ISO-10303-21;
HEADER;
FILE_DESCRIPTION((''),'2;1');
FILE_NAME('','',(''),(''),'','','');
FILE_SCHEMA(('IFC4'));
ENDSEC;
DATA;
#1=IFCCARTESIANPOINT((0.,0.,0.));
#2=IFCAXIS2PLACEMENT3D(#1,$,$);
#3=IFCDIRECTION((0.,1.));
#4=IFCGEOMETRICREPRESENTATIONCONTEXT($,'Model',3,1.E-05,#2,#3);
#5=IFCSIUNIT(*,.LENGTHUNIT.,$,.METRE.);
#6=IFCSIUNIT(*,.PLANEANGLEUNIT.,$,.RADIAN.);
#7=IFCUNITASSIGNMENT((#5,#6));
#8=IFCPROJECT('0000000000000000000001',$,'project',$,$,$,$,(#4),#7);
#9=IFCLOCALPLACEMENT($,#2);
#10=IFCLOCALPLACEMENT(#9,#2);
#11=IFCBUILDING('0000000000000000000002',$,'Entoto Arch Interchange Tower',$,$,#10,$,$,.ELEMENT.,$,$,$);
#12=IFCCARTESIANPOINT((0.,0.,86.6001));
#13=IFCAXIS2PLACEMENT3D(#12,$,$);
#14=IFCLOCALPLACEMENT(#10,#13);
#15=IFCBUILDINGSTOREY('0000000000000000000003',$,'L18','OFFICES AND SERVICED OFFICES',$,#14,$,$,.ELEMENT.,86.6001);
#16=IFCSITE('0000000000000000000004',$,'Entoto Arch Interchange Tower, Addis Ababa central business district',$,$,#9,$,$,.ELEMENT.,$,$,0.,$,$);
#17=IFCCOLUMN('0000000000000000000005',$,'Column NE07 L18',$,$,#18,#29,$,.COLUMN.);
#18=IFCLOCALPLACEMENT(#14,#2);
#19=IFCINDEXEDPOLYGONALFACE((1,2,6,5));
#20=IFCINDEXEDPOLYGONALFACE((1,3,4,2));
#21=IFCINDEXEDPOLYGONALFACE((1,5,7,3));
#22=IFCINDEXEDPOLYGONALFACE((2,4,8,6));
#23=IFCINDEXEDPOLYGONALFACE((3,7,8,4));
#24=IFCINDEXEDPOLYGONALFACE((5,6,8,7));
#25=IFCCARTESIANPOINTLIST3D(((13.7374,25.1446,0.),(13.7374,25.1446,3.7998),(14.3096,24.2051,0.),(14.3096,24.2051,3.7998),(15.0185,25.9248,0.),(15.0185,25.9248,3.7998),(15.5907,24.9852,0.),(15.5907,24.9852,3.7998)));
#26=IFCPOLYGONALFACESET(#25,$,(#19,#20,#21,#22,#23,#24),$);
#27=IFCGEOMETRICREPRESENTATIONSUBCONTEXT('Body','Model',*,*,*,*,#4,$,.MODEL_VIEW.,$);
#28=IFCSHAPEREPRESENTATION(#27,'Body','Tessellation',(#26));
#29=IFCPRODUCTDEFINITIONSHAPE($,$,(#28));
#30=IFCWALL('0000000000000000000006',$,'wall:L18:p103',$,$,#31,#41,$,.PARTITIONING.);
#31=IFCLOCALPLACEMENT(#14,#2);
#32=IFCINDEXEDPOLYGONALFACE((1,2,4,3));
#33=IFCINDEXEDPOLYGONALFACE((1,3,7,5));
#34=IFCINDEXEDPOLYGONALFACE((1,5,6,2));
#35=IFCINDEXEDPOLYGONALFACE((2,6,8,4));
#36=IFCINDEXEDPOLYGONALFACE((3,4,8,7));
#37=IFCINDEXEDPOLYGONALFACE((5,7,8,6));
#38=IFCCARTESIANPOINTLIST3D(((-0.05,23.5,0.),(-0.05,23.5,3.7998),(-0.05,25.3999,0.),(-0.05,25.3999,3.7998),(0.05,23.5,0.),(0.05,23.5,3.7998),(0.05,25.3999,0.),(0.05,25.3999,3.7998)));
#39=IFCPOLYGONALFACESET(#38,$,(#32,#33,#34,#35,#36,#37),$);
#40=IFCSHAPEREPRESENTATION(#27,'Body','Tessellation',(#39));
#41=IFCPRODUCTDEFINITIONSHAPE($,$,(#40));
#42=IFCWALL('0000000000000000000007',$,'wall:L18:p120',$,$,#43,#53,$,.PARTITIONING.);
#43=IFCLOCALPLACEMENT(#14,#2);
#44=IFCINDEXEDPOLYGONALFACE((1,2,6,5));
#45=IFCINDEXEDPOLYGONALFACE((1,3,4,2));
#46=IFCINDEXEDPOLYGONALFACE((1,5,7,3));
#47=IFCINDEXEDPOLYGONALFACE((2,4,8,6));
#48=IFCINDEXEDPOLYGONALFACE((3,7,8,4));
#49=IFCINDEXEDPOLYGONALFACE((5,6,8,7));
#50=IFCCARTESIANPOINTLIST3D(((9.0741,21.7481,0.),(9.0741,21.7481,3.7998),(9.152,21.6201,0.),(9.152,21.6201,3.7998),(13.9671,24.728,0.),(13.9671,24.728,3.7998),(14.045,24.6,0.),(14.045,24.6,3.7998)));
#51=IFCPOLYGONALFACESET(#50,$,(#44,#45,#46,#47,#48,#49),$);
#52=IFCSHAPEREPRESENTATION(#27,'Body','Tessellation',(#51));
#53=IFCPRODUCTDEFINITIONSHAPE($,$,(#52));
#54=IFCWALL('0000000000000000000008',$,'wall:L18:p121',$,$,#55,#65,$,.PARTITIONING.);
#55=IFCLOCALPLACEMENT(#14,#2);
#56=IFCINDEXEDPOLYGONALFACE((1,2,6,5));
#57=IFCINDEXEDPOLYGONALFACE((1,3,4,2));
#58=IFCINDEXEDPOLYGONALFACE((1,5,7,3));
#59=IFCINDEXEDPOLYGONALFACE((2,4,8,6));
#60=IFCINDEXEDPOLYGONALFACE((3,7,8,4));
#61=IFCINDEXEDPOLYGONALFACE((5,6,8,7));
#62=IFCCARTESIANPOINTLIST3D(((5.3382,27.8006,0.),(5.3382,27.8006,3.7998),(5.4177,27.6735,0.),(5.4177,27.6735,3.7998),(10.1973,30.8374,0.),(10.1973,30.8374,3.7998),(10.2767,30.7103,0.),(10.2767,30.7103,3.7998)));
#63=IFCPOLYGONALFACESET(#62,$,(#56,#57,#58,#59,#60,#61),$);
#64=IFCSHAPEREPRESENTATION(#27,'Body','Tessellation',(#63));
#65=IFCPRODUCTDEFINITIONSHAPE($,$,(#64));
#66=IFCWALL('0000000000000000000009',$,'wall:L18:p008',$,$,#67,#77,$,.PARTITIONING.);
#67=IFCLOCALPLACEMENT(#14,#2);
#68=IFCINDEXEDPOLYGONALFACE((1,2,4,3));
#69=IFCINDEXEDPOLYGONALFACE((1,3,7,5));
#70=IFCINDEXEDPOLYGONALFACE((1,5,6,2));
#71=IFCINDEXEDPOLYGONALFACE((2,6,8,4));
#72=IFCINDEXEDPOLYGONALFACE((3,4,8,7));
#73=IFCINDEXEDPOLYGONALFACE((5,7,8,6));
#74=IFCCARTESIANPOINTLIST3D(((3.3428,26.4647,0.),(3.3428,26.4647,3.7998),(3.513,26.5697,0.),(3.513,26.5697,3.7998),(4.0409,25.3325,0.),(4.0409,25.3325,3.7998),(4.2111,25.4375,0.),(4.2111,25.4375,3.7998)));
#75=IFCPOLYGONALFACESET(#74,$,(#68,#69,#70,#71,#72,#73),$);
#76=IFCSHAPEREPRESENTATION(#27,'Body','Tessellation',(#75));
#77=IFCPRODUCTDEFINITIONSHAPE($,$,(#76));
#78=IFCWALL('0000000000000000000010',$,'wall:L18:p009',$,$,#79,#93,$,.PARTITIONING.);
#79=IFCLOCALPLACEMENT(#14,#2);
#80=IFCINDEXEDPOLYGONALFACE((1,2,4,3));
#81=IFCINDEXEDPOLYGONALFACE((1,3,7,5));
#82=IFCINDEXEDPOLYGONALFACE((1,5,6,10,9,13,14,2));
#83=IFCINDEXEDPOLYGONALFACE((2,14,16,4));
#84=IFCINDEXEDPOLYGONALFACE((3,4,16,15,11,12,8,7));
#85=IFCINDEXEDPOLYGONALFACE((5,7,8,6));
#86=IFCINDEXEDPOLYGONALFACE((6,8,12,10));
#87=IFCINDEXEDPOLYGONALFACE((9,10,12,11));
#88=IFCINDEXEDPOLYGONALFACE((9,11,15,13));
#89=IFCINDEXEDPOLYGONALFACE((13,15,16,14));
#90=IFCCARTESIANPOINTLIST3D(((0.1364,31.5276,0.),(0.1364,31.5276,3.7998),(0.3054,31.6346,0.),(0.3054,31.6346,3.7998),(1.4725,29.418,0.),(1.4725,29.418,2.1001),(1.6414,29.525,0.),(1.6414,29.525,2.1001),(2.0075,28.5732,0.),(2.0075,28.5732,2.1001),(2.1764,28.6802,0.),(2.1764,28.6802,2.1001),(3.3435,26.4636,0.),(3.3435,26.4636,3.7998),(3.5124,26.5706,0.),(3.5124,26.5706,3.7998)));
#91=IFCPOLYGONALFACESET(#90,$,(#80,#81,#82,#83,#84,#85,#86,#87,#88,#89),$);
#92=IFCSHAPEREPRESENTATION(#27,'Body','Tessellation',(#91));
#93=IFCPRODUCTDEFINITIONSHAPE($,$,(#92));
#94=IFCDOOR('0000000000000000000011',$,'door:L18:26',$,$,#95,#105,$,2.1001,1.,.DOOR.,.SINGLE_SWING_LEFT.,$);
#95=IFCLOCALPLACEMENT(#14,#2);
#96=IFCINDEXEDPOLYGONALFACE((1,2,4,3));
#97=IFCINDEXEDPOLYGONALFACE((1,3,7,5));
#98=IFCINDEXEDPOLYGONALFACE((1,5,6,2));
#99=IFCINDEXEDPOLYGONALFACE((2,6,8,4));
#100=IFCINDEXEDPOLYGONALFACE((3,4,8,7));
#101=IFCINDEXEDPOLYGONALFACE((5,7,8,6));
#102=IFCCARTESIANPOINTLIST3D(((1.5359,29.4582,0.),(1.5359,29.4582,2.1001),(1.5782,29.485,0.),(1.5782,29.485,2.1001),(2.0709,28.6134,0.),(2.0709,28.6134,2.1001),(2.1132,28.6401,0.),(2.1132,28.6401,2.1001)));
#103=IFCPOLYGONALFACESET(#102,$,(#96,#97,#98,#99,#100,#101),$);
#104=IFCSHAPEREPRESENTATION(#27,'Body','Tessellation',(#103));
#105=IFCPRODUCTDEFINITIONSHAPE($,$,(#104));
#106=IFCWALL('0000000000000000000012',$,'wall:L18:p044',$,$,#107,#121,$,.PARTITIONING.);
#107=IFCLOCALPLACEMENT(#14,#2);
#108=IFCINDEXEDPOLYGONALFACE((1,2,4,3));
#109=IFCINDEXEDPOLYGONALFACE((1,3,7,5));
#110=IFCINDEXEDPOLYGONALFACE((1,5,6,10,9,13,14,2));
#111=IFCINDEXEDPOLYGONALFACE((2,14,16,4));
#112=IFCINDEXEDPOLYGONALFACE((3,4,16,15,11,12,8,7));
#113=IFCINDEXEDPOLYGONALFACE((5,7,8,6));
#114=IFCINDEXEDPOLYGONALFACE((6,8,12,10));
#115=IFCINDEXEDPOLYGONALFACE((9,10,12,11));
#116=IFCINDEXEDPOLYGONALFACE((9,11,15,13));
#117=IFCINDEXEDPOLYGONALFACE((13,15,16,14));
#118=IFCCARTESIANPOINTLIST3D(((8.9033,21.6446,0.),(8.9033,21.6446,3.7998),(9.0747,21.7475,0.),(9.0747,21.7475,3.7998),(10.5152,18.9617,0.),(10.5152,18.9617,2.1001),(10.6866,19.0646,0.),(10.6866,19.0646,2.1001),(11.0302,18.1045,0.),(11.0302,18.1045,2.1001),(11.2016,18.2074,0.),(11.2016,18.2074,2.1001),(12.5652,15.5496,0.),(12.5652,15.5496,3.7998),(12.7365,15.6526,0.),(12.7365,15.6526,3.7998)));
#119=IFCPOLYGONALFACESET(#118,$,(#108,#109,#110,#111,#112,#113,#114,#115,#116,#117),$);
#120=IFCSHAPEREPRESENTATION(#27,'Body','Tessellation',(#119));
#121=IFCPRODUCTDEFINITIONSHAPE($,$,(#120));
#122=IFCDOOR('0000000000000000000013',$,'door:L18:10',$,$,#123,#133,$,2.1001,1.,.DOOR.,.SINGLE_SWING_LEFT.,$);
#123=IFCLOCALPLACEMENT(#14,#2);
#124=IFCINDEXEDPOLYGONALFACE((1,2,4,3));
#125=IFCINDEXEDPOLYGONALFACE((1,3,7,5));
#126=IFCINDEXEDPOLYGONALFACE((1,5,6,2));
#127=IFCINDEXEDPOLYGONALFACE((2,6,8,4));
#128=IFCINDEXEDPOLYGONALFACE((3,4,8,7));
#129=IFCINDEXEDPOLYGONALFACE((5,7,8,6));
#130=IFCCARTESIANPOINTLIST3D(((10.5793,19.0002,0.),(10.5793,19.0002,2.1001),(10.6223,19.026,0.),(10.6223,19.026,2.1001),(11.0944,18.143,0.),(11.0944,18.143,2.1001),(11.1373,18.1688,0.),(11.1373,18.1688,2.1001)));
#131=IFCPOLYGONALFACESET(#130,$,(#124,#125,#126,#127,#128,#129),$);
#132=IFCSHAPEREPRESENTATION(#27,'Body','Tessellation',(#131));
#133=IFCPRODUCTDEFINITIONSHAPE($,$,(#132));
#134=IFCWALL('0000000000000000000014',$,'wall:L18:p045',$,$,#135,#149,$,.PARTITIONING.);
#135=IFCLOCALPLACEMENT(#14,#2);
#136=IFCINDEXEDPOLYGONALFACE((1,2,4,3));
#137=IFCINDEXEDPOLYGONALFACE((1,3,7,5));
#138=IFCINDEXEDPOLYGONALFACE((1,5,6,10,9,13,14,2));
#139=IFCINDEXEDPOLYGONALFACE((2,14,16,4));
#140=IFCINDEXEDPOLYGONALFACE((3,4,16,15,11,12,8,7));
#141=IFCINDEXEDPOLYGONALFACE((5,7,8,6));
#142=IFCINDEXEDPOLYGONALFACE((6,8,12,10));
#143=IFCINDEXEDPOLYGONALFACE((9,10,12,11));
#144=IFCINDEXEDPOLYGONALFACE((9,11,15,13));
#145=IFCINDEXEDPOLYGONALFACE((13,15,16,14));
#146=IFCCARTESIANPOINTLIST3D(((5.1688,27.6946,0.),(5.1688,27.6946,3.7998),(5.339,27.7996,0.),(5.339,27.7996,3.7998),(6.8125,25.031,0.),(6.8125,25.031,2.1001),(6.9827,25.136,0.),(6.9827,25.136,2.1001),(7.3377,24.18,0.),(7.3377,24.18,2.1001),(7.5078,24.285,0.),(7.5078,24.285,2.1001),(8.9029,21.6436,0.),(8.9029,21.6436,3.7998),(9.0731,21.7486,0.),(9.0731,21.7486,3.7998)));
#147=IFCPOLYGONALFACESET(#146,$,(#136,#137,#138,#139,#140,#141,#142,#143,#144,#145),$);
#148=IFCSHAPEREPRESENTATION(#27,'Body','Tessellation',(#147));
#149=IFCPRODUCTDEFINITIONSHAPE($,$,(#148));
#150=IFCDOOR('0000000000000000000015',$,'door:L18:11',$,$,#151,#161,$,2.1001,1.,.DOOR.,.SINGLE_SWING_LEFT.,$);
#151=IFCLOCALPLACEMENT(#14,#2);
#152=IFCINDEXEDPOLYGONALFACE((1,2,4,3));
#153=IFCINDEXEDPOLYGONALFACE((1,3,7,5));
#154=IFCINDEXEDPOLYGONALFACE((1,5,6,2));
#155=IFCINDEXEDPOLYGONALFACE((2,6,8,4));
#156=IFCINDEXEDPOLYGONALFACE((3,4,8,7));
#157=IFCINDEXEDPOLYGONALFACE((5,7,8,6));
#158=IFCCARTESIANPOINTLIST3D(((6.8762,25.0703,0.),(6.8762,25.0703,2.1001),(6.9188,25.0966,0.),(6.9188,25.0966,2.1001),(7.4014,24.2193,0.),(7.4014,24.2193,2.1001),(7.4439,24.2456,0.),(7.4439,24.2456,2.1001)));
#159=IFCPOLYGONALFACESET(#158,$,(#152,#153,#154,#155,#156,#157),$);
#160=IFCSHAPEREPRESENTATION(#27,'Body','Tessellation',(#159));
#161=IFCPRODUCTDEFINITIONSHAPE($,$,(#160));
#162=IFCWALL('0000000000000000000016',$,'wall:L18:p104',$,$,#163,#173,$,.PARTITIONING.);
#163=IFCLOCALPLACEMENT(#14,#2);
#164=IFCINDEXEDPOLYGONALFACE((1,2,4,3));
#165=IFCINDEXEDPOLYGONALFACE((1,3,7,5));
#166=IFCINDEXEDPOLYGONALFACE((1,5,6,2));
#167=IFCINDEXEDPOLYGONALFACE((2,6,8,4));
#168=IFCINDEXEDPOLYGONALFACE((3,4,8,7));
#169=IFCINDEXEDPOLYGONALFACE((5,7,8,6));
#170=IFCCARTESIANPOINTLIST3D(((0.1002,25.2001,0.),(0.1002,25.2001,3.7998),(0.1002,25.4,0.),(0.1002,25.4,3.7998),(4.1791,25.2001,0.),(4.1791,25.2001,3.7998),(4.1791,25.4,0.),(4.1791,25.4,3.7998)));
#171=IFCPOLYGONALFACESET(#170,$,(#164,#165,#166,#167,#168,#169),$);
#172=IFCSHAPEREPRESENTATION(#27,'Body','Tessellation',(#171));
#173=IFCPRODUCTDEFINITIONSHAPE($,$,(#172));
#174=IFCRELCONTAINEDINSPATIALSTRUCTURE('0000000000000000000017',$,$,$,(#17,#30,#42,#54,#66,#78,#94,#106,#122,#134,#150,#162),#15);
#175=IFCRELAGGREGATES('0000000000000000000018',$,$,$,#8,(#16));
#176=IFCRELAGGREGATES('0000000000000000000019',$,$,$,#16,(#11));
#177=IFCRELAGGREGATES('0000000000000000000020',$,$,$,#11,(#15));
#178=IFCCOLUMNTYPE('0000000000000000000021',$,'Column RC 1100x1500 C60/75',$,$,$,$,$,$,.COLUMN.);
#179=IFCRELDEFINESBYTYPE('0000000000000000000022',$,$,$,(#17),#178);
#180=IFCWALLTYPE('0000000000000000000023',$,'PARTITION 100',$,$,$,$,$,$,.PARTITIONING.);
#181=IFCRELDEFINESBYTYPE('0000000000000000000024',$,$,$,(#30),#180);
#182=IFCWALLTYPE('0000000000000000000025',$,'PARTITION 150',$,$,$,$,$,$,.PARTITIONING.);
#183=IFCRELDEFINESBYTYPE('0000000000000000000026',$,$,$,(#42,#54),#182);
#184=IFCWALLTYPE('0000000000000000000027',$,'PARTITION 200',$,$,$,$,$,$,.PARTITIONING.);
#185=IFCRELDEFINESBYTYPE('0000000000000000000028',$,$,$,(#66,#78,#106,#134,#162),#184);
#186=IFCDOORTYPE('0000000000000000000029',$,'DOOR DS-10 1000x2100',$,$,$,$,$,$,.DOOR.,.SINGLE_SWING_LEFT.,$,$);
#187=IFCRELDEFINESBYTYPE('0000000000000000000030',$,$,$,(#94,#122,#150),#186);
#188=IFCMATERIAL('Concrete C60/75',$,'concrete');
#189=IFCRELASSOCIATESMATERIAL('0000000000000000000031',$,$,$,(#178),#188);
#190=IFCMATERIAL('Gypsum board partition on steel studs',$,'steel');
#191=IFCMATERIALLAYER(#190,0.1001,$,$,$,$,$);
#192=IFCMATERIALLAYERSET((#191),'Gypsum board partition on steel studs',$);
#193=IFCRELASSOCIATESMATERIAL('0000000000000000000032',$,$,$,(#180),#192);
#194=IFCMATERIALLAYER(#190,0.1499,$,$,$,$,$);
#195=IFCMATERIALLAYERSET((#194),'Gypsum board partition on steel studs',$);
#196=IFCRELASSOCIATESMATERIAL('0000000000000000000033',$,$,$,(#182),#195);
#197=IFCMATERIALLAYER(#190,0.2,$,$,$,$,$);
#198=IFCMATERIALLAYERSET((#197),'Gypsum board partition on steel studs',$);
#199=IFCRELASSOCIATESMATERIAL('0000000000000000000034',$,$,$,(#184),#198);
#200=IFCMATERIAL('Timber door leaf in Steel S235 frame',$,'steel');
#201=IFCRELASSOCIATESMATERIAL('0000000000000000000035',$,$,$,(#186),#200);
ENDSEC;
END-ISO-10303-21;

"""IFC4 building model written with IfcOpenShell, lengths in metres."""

from ifc_helpers import new_model, si_unit, direction, frame, frame_2d, origin, origin_2d, place, context, subcontext, project, spatial, rectangle, extrude, material, layer, layer_set, material_profile, profile_set, type_object, element, fill, save


model = new_model("IFC4")

# Units and contexts
model_context = context("Model", 3, precision=1e-05, world=origin(), true_north=direction((0.0, 1.0)))
body_context = subcontext(model_context, "Body", "Model", "MODEL_VIEW")
ifc_project = project(units=[si_unit("LENGTHUNIT", "METRE"), si_unit("PLANEANGLEUNIT", "RADIAN")], contexts=[model_context])

# Site, building, storey
site_placement = place(None, origin())
site = spatial("IfcSite", under=ifc_project, at=site_placement, Name="Entoto Arch Interchange Tower, Addis Ababa central business district", CompositionType="ELEMENT", RefElevation=0.0)
building_placement = place(site_placement, origin())
building = spatial("IfcBuilding", under=site, at=building_placement, Name="Entoto Arch Interchange Tower", CompositionType="ELEMENT")
storey_placement = place(building_placement, frame((0.0, 0.0, 86.6001)))
storey = spatial("IfcBuildingStorey", under=building, at=storey_placement, Name="L18", Description="OFFICES AND SERVICED OFFICES", CompositionType="ELEMENT", Elevation=86.6001)

# Column
ifc_material_1 = material(Name="Concrete C60/75", Category="concrete")
ifc_material_profile = material_profile(ifc_material_1, rectangle(XDim=1.1001, YDim=1.5, at=origin_2d()))
ifc_profile_set = profile_set([ifc_material_profile], Name="Concrete C60/75")
column_type = type_object("IfcColumnType", Name="Column RC 1100x1500 C60/75", PredefinedType="COLUMN", material=ifc_profile_set)
column_placement = place(storey_placement, frame((14.6641, 25.0649, 0.0), z_axis=(0.0, 0.0, 1.0), x_axis=(-0.520116, 0.854096, 0.0)))
element("IfcColumn", 1, at=column_placement, inside=storey, type_object=column_type, Name="Column NE07 L18", PredefinedType="COLUMN", context=body_context, shape_type="SweptSolid", body=[
    extrude(rectangle(XDim=1.1001, YDim=1.5, at=origin_2d()), origin(), (0.0, 0.0, 1.0), 3.7998),
])

# Walls
ifc_material_2 = material(Name="Gypsum board partition on steel studs", Category="steel")
ifc_layer_1 = layer(ifc_material_2, 0.1001)
ifc_layer_set_1 = layer_set([ifc_layer_1], Name="Gypsum board partition on steel studs")
wall_type_1 = type_object("IfcWallType", Name="PARTITION 100", PredefinedType="PARTITIONING", material=ifc_layer_set_1)
wall_1_placement = place(storey_placement, frame((0.0, 23.5, 0.0), z_axis=(0.0, 0.0, 1.0), x_axis=(0.0, 1.0, 0.0)))
element("IfcWall", 2, at=wall_1_placement, inside=storey, type_object=wall_type_1, Name="wall:L18:p103", PredefinedType="PARTITIONING", context=body_context, shape_type="SweptSolid", body=[
    extrude(rectangle(XDim=1.8999, YDim=0.1001, at=frame_2d((0.95, 0.0))), origin(), (0.0, 0.0, 1.0), 3.7998),
])
ifc_layer_2 = layer(ifc_material_2, 0.1499)
ifc_layer_set_2 = layer_set([ifc_layer_2], Name="Gypsum board partition on steel studs")
wall_type_2 = type_object("IfcWallType", Name="PARTITION 150", PredefinedType="PARTITIONING", material=ifc_layer_set_2)
wall_2_placement = place(storey_placement, frame((9.113, 21.6841, 0.0), z_axis=(0.0, 0.0, 1.0), x_axis=(0.854075, 0.52015, 0.0)))
element("IfcWall", 3, at=wall_2_placement, inside=storey, type_object=wall_type_2, Name="wall:L18:p120", PredefinedType="PARTITIONING", context=body_context, shape_type="SweptSolid", body=[
    extrude(rectangle(XDim=5.729, YDim=0.1499, at=frame_2d((2.8645, 0.0))), origin(), (0.0, 0.0, 1.0), 3.7998),
])
wall_3_placement = place(storey_placement, frame((5.3779, 27.7371, 0.0), z_axis=(0.0, 0.0, 1.0), x_axis=(0.848005, 0.529987, 0.0)))
element("IfcWall", 4, at=wall_3_placement, inside=storey, type_object=wall_type_2, Name="wall:L18:p121", PredefinedType="PARTITIONING", context=body_context, shape_type="SweptSolid", body=[
    extrude(rectangle(XDim=5.73, YDim=0.1499, at=frame_2d((2.865, 0.0))), origin(), (0.0, 0.0, 1.0), 3.7998),
])
ifc_layer_3 = layer(ifc_material_2, 0.2)
ifc_layer_set_3 = layer_set([ifc_layer_3], Name="Gypsum board partition on steel studs")
wall_type_3 = type_object("IfcWallType", Name="PARTITION 200", PredefinedType="PARTITIONING", material=ifc_layer_set_3)
wall_4_placement = place(storey_placement, frame((4.126, 25.385, 0.0), z_axis=(0.0, 0.0, 1.0), x_axis=(-0.524824, 0.851211, 0.0)))
element("IfcWall", 5, at=wall_4_placement, inside=storey, type_object=wall_type_3, Name="wall:L18:p008", PredefinedType="PARTITIONING", context=body_context, shape_type="SweptSolid", body=[
    extrude(rectangle(XDim=1.3301, YDim=0.2, at=frame_2d((0.665, 0.0))), origin(), (0.0, 0.0, 1.0), 3.7998),
])

# Walls, openings, doors
wall_5_placement = place(storey_placement, frame((3.428, 26.5171, 0.0), z_axis=(0.0, 0.0, 1.0), x_axis=(-0.535035, 0.84483, 0.0)))
wall_5 = element("IfcWall", 6, at=wall_5_placement, inside=storey, type_object=wall_type_3, Name="wall:L18:p009", PredefinedType="PARTITIONING", context=body_context, shape_type="SweptSolid", body=[
    extrude(rectangle(XDim=5.9941, YDim=0.2, at=frame_2d((2.9971, 0.0))), origin(), (0.0, 0.0, 1.0), 3.7998),
])
opening_1_placement = place(wall_5_placement, frame((2.4971, 0.0, 0.0)))
opening_1 = element("IfcOpeningElement", 7, at=opening_1_placement, cuts=wall_5, PredefinedType="OPENING", context=body_context, shape_type="SweptSolid", body=[
    extrude(rectangle(XDim=1.0, YDim=2.1001, at=frame_2d((0.5, 1.05))), frame((0.0, 0.1099, 0.0), z_axis=(0.0, -1.0, 0.0), x_axis=(1.0, 0.0, 0.0)), (0.0, 0.0, 1.0), 0.22),
])
ifc_material_3 = material(Name="Timber door leaf in Steel S235 frame", Category="steel")
door_type = type_object("IfcDoorType", Name="DOOR DS-10 1000x2100", OperationType="SINGLE_SWING_LEFT", PredefinedType="DOOR", material=ifc_material_3)
door_1_placement = place(opening_1_placement, origin())
door_1 = element("IfcDoor", 8, at=door_1_placement, inside=storey, type_object=door_type, Name="door:L18:26", OperationType="SINGLE_SWING_LEFT", OverallHeight=2.1001, OverallWidth=1.0, PredefinedType="DOOR", context=body_context, shape_type="SweptSolid", body=[
    extrude(rectangle(XDim=1.0, YDim=2.1001, at=frame_2d((0.5, 1.05))), frame((0.0, 0.0249, 0.0), z_axis=(0.0, -1.0, 0.0), x_axis=(1.0, 0.0, 0.0)), (0.0, 0.0, 1.0), 0.05),
])
fill(opening_1, door_1)
wall_6_placement = place(storey_placement, frame((8.989, 21.696, 0.0), z_axis=(0.0, 0.0, 1.0), x_axis=(0.515001, -0.85719, 0.0)))
wall_6 = element("IfcWall", 9, at=wall_6_placement, inside=storey, type_object=wall_type_3, Name="wall:L18:p044", PredefinedType="PARTITIONING", context=body_context, shape_type="SweptSolid", body=[
    extrude(rectangle(XDim=7.1104, YDim=0.2, at=frame_2d((3.5552, 0.0))), origin(), (0.0, 0.0, 1.0), 3.7998),
])
opening_2_placement = place(wall_6_placement, frame((3.1299, 0.0, 0.0)))
opening_2 = element("IfcOpeningElement", 10, at=opening_2_placement, cuts=wall_6, PredefinedType="OPENING", context=body_context, shape_type="SweptSolid", body=[
    extrude(rectangle(XDim=1.0, YDim=2.1001, at=frame_2d((0.5, 1.05))), frame((0.0, 0.1099, 0.0), z_axis=(0.0, -1.0, 0.0), x_axis=(1.0, 0.0, 0.0)), (0.0, 0.0, 1.0), 0.22),
])
door_2_placement = place(opening_2_placement, origin())
door_2 = element("IfcDoor", 11, at=door_2_placement, inside=storey, type_object=door_type, Name="door:L18:10", OperationType="SINGLE_SWING_LEFT", OverallHeight=2.1001, OverallWidth=1.0, PredefinedType="DOOR", context=body_context, shape_type="SweptSolid", body=[
    extrude(rectangle(XDim=1.0, YDim=2.1001, at=frame_2d((0.5, 1.05))), frame((0.0, 0.0249, 0.0), z_axis=(0.0, -1.0, 0.0), x_axis=(1.0, 0.0, 0.0)), (0.0, 0.0, 1.0), 0.05),
])
fill(opening_2, door_2)
wall_7_placement = place(storey_placement, frame((5.2539, 27.7471, 0.0), z_axis=(0.0, 0.0, 1.0), x_axis=(0.52516, -0.851003, 0.0)))
wall_7 = element("IfcWall", 12, at=wall_7_placement, inside=storey, type_object=wall_type_3, Name="wall:L18:p045", PredefinedType="PARTITIONING", context=body_context, shape_type="SweptSolid", body=[
    extrude(rectangle(XDim=7.1104, YDim=0.2, at=frame_2d((3.5552, 0.0))), origin(), (0.0, 0.0, 1.0), 3.7998),
])
opening_3_placement = place(wall_7_placement, frame((3.1299, 0.0, 0.0)))
opening_3 = element("IfcOpeningElement", 13, at=opening_3_placement, cuts=wall_7, PredefinedType="OPENING", context=body_context, shape_type="SweptSolid", body=[
    extrude(rectangle(XDim=1.0, YDim=2.1001, at=frame_2d((0.5, 1.05))), frame((0.0, 0.1099, 0.0), z_axis=(0.0, -1.0, 0.0), x_axis=(1.0, 0.0, 0.0)), (0.0, 0.0, 1.0), 0.22),
])
door_3_placement = place(opening_3_placement, origin())
door_3 = element("IfcDoor", 14, at=door_3_placement, inside=storey, type_object=door_type, Name="door:L18:11", OperationType="SINGLE_SWING_LEFT", OverallHeight=2.1001, OverallWidth=1.0, PredefinedType="DOOR", context=body_context, shape_type="SweptSolid", body=[
    extrude(rectangle(XDim=1.0, YDim=2.1001, at=frame_2d((0.5, 1.05))), frame((0.0, 0.0249, 0.0), z_axis=(0.0, -1.0, 0.0), x_axis=(1.0, 0.0, 0.0)), (0.0, 0.0, 1.0), 0.05),
])
fill(opening_3, door_3)

# Wall
wall_8_placement = place(storey_placement, frame((0.1001, 25.3, 0.0), z_axis=(0.0, 0.0, 1.0), x_axis=(1.0, 0.0, 0.0)))
element("IfcWall", 15, at=wall_8_placement, inside=storey, type_object=wall_type_3, Name="wall:L18:p104", PredefinedType="PARTITIONING", context=body_context, shape_type="SweptSolid", body=[
    extrude(rectangle(XDim=4.0789, YDim=0.2, at=frame_2d((2.0396, 0.0))), origin(), (0.0, 0.0, 1.0), 3.7998),
])

save(model, "model.ifc")
